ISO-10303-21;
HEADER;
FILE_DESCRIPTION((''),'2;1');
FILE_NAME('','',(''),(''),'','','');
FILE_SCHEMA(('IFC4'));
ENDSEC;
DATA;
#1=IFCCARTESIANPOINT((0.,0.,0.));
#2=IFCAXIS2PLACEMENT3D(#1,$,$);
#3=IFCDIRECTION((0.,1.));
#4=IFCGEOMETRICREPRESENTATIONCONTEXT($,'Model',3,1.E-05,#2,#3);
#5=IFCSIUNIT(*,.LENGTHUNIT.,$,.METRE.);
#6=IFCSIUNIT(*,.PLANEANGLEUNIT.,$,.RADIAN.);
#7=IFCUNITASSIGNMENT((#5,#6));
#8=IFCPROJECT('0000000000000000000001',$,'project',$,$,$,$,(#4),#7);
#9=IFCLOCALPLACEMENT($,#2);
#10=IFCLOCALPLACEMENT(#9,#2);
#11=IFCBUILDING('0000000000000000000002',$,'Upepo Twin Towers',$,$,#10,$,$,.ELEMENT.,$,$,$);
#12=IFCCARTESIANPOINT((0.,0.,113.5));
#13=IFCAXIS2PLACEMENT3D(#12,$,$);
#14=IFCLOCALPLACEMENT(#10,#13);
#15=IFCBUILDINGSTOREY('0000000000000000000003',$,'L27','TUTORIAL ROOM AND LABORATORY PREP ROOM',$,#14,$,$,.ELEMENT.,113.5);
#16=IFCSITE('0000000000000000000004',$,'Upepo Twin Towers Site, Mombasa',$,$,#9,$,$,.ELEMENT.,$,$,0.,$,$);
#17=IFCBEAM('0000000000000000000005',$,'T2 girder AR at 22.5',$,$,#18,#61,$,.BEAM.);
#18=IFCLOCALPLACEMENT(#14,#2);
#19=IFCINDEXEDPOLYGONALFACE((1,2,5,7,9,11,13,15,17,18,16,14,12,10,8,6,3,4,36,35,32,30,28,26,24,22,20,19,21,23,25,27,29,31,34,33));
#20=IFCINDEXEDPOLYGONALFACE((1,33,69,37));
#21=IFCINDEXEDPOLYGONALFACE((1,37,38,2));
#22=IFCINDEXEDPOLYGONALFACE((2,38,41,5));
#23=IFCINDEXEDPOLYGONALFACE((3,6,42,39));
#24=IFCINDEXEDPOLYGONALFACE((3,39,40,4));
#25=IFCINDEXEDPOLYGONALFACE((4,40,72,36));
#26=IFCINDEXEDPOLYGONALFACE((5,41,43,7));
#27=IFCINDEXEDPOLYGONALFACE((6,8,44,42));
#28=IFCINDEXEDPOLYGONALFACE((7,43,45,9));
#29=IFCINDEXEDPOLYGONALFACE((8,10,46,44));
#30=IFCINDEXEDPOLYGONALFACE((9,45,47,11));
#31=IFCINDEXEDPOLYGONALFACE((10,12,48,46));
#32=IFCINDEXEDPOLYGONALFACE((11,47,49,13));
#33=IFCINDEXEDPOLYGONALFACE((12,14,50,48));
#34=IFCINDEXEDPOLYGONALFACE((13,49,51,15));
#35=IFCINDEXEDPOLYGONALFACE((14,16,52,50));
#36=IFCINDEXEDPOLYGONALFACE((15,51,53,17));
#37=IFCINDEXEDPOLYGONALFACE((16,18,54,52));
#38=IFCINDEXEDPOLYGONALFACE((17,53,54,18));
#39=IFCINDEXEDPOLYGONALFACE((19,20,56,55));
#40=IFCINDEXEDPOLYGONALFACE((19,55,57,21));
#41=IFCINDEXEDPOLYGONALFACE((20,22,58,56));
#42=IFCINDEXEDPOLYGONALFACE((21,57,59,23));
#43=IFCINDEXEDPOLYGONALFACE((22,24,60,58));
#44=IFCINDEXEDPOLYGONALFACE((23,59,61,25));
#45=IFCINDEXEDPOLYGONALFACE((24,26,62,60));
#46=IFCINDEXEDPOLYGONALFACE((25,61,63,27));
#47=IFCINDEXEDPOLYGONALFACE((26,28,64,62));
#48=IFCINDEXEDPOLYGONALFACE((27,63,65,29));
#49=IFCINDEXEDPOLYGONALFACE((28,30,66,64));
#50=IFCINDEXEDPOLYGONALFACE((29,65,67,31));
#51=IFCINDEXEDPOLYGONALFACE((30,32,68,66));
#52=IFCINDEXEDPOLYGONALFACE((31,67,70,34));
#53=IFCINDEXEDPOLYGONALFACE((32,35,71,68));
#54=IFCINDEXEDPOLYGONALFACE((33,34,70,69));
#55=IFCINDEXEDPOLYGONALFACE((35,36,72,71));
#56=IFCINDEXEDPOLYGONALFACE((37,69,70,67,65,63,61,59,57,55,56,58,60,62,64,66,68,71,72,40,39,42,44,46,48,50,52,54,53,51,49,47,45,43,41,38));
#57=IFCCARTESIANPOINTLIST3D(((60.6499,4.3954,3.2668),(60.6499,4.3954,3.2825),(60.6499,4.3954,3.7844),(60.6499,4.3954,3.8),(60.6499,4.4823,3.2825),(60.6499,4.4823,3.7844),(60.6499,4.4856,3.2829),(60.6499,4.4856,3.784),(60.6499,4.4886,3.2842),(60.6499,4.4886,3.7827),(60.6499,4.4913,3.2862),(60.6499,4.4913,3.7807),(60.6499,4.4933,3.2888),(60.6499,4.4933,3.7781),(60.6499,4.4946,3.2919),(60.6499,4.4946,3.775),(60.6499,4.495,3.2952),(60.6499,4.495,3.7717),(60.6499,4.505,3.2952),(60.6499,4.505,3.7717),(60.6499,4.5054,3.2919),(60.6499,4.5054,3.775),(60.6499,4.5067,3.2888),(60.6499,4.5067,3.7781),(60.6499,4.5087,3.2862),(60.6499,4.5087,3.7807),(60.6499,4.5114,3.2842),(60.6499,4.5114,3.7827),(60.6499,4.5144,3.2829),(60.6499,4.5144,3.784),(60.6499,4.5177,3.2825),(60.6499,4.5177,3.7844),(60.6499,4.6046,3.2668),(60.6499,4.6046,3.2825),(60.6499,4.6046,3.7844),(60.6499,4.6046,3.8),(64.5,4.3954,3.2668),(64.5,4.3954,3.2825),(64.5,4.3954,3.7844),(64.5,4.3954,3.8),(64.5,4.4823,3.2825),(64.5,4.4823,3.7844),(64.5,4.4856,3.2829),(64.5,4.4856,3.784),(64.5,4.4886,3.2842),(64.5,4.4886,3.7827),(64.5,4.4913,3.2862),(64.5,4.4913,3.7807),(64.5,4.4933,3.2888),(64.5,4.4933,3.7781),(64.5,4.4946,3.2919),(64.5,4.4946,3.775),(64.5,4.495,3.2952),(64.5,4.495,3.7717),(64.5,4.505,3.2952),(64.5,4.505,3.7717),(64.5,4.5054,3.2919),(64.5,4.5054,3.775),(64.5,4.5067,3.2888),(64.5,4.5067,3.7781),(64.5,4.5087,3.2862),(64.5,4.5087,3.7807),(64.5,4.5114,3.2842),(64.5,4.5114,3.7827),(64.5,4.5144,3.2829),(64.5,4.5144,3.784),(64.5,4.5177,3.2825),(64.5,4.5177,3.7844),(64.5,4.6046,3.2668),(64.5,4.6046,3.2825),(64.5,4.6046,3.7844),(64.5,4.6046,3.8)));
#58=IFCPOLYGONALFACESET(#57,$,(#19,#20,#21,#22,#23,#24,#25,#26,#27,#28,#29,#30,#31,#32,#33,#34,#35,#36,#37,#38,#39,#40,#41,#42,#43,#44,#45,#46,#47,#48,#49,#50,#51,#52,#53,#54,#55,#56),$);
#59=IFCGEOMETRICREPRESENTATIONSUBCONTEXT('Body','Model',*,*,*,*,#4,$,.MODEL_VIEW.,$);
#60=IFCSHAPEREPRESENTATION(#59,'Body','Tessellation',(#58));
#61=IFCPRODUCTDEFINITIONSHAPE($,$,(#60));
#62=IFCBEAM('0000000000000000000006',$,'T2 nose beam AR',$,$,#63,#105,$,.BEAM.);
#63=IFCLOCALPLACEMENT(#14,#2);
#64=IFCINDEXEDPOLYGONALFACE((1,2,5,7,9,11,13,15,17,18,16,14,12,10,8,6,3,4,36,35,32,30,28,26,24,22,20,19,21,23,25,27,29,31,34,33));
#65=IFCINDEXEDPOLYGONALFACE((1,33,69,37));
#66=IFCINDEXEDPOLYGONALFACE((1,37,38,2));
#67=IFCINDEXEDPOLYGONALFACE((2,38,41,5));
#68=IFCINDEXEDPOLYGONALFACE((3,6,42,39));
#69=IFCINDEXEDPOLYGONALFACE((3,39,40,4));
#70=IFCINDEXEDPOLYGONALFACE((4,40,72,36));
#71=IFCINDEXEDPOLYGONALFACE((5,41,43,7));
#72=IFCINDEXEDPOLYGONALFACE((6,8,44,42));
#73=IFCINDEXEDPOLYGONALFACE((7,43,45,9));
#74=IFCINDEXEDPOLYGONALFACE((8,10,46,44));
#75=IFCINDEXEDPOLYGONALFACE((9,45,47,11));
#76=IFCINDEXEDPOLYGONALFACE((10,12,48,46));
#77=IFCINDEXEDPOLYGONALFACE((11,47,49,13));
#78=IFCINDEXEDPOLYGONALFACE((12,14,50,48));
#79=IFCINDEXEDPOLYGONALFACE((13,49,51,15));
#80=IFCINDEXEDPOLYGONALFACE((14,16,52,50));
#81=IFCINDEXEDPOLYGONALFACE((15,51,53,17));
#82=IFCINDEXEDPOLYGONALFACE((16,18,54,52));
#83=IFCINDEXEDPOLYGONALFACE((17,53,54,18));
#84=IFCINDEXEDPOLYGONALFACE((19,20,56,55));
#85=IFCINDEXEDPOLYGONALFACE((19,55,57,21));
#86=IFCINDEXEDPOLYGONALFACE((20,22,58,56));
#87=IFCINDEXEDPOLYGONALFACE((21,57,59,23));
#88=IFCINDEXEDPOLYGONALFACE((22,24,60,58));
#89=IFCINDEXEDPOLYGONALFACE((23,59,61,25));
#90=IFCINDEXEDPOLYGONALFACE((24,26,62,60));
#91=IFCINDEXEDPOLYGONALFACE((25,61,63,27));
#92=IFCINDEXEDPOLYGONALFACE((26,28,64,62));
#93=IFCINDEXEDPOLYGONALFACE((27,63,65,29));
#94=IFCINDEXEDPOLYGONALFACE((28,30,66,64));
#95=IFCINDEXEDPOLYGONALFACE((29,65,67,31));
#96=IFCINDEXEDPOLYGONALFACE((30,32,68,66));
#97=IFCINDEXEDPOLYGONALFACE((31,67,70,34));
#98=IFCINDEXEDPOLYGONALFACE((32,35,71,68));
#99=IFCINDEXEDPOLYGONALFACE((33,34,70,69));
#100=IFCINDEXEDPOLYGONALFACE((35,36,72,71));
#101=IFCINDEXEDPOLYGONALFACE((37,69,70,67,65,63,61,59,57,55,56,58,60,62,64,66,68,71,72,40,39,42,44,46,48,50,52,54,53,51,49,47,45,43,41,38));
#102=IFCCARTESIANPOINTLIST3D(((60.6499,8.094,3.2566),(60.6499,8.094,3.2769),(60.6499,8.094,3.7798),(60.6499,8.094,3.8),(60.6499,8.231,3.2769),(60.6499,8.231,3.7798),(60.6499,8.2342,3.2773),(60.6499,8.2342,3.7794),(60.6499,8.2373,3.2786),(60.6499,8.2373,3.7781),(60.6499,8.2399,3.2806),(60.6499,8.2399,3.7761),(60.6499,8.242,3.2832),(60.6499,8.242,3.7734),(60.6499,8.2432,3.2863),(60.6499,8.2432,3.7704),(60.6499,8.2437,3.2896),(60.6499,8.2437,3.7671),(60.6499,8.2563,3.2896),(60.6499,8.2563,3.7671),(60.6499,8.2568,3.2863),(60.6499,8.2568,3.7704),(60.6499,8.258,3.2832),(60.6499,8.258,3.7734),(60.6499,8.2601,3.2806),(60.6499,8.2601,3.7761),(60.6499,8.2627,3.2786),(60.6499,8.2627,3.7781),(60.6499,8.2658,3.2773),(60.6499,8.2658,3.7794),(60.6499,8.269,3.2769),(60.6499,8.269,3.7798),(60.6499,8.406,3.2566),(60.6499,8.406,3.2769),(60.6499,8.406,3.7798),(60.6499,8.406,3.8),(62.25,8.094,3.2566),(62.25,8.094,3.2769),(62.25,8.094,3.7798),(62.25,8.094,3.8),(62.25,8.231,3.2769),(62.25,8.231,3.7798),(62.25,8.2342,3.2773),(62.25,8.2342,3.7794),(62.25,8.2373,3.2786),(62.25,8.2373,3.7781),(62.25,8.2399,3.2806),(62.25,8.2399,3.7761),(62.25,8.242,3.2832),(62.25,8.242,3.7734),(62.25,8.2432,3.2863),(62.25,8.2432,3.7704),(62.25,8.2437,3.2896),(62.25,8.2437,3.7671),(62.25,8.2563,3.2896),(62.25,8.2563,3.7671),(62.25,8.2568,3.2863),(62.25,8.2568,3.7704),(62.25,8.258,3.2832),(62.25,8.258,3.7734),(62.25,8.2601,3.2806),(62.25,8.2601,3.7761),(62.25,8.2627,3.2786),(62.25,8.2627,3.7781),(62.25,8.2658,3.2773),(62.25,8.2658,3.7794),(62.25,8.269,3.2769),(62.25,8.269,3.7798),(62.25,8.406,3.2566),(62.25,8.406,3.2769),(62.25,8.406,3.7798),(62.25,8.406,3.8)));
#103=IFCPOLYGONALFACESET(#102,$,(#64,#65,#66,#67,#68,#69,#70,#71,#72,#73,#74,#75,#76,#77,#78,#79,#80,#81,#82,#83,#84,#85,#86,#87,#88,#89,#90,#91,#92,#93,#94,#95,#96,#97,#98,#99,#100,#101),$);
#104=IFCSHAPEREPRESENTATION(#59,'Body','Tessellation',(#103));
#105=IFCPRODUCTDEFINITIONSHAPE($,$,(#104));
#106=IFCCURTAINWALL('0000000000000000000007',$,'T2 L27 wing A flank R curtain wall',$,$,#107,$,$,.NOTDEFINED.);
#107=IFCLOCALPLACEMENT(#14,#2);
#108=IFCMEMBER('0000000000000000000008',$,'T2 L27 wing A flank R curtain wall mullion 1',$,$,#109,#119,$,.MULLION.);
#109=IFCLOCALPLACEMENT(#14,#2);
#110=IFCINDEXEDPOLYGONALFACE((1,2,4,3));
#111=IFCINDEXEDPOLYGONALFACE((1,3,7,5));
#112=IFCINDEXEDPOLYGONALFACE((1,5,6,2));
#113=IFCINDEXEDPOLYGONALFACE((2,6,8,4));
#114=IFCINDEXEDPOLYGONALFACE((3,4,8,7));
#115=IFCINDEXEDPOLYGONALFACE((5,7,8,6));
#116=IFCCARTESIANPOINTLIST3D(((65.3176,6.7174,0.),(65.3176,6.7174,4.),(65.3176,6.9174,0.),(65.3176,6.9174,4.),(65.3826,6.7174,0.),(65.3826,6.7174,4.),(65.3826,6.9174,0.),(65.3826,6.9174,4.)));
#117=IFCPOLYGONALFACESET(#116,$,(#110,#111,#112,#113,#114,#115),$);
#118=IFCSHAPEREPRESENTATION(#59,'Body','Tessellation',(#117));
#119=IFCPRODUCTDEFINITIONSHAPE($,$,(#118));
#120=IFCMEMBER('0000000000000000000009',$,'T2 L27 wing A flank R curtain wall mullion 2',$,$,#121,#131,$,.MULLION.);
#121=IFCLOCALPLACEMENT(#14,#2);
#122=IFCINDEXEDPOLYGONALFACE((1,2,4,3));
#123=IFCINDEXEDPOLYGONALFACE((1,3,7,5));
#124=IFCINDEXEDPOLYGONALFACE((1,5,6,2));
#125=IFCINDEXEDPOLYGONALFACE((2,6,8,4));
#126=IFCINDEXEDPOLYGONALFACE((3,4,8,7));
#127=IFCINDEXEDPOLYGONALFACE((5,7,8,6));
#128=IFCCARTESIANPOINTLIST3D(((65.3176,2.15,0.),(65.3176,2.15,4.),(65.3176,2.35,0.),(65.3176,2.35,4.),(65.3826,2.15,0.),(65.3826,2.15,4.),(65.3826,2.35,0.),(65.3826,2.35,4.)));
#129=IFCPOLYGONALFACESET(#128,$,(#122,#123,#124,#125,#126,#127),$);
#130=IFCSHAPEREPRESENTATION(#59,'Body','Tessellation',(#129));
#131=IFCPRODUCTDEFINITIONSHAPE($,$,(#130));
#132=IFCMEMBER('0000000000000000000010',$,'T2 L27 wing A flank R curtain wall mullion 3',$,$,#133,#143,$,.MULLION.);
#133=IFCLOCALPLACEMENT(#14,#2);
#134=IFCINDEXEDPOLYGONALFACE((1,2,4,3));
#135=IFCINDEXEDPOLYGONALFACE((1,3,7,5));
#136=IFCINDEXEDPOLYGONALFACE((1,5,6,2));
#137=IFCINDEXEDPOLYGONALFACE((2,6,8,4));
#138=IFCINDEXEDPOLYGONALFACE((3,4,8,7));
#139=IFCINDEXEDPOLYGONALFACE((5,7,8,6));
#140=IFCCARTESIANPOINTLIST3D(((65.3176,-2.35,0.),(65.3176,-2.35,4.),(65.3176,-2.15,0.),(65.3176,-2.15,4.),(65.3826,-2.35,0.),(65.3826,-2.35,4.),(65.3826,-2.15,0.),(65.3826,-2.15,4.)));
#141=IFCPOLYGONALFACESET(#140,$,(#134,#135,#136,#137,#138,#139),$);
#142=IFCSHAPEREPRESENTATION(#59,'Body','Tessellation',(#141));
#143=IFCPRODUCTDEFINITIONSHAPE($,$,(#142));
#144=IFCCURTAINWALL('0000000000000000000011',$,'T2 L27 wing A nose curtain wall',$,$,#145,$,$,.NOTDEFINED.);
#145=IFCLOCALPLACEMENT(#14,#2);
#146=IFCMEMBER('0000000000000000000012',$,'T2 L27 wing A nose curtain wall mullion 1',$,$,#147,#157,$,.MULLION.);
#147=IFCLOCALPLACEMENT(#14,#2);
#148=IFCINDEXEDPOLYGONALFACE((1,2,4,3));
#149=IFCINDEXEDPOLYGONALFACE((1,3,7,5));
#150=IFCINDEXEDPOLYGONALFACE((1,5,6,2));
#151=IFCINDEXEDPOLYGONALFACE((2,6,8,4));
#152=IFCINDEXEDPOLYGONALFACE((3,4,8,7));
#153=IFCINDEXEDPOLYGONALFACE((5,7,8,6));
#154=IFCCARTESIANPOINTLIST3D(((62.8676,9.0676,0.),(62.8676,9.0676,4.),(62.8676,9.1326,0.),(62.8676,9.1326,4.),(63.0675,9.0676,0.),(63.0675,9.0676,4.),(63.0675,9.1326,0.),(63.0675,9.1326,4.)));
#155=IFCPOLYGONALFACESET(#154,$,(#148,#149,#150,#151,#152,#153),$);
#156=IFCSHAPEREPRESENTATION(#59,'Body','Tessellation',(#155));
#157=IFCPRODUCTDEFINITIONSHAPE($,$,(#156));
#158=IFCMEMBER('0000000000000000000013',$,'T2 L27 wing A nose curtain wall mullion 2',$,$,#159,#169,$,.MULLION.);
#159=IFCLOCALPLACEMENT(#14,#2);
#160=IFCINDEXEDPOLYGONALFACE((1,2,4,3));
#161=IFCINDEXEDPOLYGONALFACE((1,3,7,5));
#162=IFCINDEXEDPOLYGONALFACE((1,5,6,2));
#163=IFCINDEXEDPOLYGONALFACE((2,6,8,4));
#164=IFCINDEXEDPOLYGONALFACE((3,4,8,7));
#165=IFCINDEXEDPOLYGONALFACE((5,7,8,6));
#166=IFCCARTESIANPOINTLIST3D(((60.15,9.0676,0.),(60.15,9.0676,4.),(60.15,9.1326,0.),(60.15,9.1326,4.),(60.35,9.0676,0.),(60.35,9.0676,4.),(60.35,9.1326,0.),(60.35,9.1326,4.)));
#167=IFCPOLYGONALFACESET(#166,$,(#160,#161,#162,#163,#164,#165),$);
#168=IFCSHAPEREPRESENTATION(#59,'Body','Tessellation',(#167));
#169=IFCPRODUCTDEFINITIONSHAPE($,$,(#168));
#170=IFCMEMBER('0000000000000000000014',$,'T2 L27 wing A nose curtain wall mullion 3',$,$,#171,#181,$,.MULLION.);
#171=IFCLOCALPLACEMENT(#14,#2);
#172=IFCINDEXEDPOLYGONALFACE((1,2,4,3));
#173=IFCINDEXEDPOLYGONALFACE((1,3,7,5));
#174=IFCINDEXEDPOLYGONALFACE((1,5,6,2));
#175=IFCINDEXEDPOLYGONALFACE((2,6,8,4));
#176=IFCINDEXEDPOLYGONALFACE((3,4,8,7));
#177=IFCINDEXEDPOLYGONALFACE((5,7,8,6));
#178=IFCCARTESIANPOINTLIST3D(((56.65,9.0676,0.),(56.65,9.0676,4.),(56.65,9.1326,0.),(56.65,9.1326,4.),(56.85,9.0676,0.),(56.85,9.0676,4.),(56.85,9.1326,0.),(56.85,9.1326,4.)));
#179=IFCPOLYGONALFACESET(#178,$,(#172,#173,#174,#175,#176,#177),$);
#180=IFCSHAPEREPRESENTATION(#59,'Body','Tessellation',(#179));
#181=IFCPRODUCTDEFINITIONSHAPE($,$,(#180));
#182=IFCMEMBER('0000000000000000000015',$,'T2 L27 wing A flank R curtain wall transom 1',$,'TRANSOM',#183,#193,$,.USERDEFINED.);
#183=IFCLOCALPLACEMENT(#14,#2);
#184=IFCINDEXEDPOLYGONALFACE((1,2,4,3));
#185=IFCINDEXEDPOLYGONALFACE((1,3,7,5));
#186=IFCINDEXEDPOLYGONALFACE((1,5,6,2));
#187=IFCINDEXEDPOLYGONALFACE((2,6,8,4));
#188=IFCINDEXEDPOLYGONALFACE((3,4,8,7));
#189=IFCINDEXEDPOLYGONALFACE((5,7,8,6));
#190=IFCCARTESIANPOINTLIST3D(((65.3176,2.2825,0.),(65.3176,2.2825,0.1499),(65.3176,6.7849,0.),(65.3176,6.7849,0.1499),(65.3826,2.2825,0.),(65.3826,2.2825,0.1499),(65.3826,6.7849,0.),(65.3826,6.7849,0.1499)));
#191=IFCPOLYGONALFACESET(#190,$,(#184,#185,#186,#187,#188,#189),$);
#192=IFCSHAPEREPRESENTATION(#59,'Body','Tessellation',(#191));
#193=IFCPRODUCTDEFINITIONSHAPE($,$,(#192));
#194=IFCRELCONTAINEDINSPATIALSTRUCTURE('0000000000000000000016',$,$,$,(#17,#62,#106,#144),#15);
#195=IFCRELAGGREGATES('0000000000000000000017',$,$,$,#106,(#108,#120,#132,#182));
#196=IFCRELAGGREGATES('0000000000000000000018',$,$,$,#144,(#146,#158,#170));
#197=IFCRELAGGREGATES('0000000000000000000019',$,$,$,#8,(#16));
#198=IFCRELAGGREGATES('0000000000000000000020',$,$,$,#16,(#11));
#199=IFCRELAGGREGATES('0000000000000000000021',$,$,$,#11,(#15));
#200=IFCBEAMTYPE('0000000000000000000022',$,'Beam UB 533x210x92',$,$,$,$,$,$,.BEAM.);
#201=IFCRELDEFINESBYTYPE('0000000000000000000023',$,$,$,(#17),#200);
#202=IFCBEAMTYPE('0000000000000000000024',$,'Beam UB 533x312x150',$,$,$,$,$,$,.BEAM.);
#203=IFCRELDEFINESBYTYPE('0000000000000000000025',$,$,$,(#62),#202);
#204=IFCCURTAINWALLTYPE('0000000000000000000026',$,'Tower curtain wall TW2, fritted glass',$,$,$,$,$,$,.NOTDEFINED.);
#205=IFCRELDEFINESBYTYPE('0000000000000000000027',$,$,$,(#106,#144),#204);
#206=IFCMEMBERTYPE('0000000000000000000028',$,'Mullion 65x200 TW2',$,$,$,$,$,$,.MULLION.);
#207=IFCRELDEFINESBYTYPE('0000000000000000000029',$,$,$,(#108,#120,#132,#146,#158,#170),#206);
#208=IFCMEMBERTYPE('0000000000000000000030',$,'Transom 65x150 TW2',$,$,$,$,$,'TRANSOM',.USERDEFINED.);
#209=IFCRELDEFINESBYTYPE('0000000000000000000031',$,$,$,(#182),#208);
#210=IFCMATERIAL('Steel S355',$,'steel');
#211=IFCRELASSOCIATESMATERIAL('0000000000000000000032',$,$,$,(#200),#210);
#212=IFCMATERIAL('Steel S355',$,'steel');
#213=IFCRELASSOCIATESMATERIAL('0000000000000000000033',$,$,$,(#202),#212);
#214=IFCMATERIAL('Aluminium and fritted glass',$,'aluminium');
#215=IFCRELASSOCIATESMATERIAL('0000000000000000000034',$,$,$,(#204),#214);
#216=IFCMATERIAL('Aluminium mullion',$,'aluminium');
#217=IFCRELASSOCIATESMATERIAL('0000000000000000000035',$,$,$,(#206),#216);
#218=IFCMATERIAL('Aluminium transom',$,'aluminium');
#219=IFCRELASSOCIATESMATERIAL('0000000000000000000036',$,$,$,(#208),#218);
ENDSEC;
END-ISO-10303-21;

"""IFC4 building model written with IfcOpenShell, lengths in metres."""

from ifc_helpers import new_model, si_unit, direction, frame, origin, origin_2d, place, context, subcontext, project, spatial, rectangle, i_section, extrude, material, material_profile, profile_set, type_object, element, aggregate, save


model = new_model("IFC4")

# Units and contexts
model_context = context("Model", 3, precision=1e-05, world=origin(), true_north=direction((0.0, 1.0)))
body_context = subcontext(model_context, "Body", "Model", "MODEL_VIEW")
ifc_project = project(units=[si_unit("LENGTHUNIT", "METRE"), si_unit("PLANEANGLEUNIT", "RADIAN")], contexts=[model_context])

# Site, building, storey
site_placement = place(None, origin())
site = spatial("IfcSite", under=ifc_project, at=site_placement, Name="Upepo Twin Towers Site, Mombasa", CompositionType="ELEMENT", RefElevation=0.0)
building_placement = place(site_placement, origin())
building = spatial("IfcBuilding", under=site, at=building_placement, Name="Upepo Twin Towers", CompositionType="ELEMENT")
storey_placement = place(building_placement, frame((0.0, 0.0, 113.5)))
storey = spatial("IfcBuildingStorey", under=building, at=storey_placement, Name="L27", Description="TUTORIAL ROOM AND LABORATORY PREP ROOM", CompositionType="ELEMENT", Elevation=113.5)

# Beams
ifc_material_1 = material(Name="Steel S355", Category="steel")
ifc_material_profile_1 = material_profile(ifc_material_1, i_section(OverallWidth=0.2092, OverallDepth=0.5332, WebThickness=0.01, FlangeThickness=0.0156, FilletRadius=0.0127, at=origin_2d()), Name="UB 533x210x92")
ifc_profile_set_1 = profile_set([ifc_material_profile_1], Name="Steel S355")
beam_type_1 = type_object("IfcBeamType", Name="Beam UB 533x210x92", PredefinedType="BEAM", material=ifc_profile_set_1)
for number, where, z_axis, x_axis, name in (
    (1, (64.5, 4.5, 3.5334), (-1.0, 0.0, 0.0), (0.0, -1.0, 0.0), "T2 girder AR at 22.5"),
):
    element("IfcBeam", number, at=place(storey_placement, frame(where, z_axis=z_axis, x_axis=x_axis)), inside=storey, type_object=beam_type_1, Name=name, PredefinedType="BEAM", context=body_context, shape_type="SweptSolid", body=[
        extrude(i_section(OverallWidth=0.2092, OverallDepth=0.5332, WebThickness=0.01, FlangeThickness=0.0156, FilletRadius=0.0127, at=origin_2d()), origin(), (0.0, 0.0, 1.0), 3.8501),
    ])
ifc_material_2 = material(Name="Steel S355", Category="steel")
ifc_material_profile_2 = material_profile(ifc_material_2, i_section(OverallWidth=0.312, OverallDepth=0.5435, WebThickness=0.0127, FlangeThickness=0.0203, FilletRadius=0.0127, at=origin_2d()), Name="UB 533x312x150")
ifc_profile_set_2 = profile_set([ifc_material_profile_2], Name="Steel S355")
beam_type_2 = type_object("IfcBeamType", Name="Beam UB 533x312x150", PredefinedType="BEAM", material=ifc_profile_set_2)
beam_1_placement = place(storey_placement, frame((62.25, 8.25, 3.5283), z_axis=(-1.0, 0.0, 0.0), x_axis=(0.0, -1.0, 0.0)))
element("IfcBeam", 2, at=beam_1_placement, inside=storey, type_object=beam_type_2, Name="T2 nose beam AR", PredefinedType="BEAM", context=body_context, shape_type="SweptSolid", body=[
    extrude(i_section(OverallWidth=0.312, OverallDepth=0.5435, WebThickness=0.0127, FlangeThickness=0.0203, FilletRadius=0.0127, at=origin_2d()), origin(), (0.0, 0.0, 1.0), 1.6001),
])

# Curtain walls, members
ifc_material_3 = material(Name="Aluminium and fritted glass", Category="aluminium")
curtain_wall_type = type_object("IfcCurtainWallType", Name="Tower curtain wall TW2, fritted glass", PredefinedType="NOTDEFINED", material=ifc_material_3)
curtain_wall_1_placement = place(storey_placement, origin())
curtain_wall_1 = element("IfcCurtainWall", 3, at=curtain_wall_1_placement, inside=storey, type_object=curtain_wall_type, Name="T2 L27 wing A flank R curtain wall", PredefinedType="NOTDEFINED")
ifc_material_4 = material(Name="Aluminium mullion", Category="aluminium")
ifc_material_profile_3 = material_profile(ifc_material_4, rectangle(XDim=0.0649, YDim=0.2, at=origin_2d()), Name="MULLION 65x200")
ifc_profile_set_3 = profile_set([ifc_material_profile_3], Name="Aluminium mullion")
member_type_1 = type_object("IfcMemberType", Name="Mullion 65x200 TW2", PredefinedType="MULLION", material=ifc_profile_set_3)
member_1_placement = place(storey_placement, frame((65.3501, 6.8174, 0.0), z_axis=(0.0, 0.0, 1.0), x_axis=(1.0, 0.0, 0.0)))
member_1 = element("IfcMember", 4, at=member_1_placement, type_object=member_type_1, Name="T2 L27 wing A flank R curtain wall mullion 1", PredefinedType="MULLION", context=body_context, shape_type="SweptSolid", body=[
    extrude(rectangle(XDim=0.0649, YDim=0.2, at=origin_2d()), origin(), (0.0, 0.0, 1.0), 4.0),
])
member_2_placement = place(storey_placement, frame((65.3501, 2.25, 0.0), z_axis=(0.0, 0.0, 1.0), x_axis=(1.0, 0.0, 0.0)))
member_2 = element("IfcMember", 5, at=member_2_placement, type_object=member_type_1, Name="T2 L27 wing A flank R curtain wall mullion 2", PredefinedType="MULLION", context=body_context, shape_type="SweptSolid", body=[
    extrude(rectangle(XDim=0.0649, YDim=0.2, at=origin_2d()), origin(), (0.0, 0.0, 1.0), 4.0),
])
member_3_placement = place(storey_placement, frame((65.3501, -2.25, 0.0), z_axis=(0.0, 0.0, 1.0), x_axis=(1.0, 0.0, 0.0)))
member_3 = element("IfcMember", 6, at=member_3_placement, type_object=member_type_1, Name="T2 L27 wing A flank R curtain wall mullion 3", PredefinedType="MULLION", context=body_context, shape_type="SweptSolid", body=[
    extrude(rectangle(XDim=0.0649, YDim=0.2, at=origin_2d()), origin(), (0.0, 0.0, 1.0), 4.0),
])
curtain_wall_2_placement = place(storey_placement, origin())
curtain_wall_2 = element("IfcCurtainWall", 7, at=curtain_wall_2_placement, inside=storey, type_object=curtain_wall_type, Name="T2 L27 wing A nose curtain wall", PredefinedType="NOTDEFINED")
member_4_placement = place(storey_placement, frame((62.9675, 9.1001, 0.0), z_axis=(0.0, 0.0, 1.0), x_axis=(0.0, -1.0, 0.0)))
member_4 = element("IfcMember", 8, at=member_4_placement, type_object=member_type_1, Name="T2 L27 wing A nose curtain wall mullion 1", PredefinedType="MULLION", context=body_context, shape_type="SweptSolid", body=[
    extrude(rectangle(XDim=0.0649, YDim=0.2, at=origin_2d()), origin(), (0.0, 0.0, 1.0), 4.0),
])
member_5_placement = place(storey_placement, frame((60.25, 9.1001, 0.0), z_axis=(0.0, 0.0, 1.0), x_axis=(0.0, -1.0, 0.0)))
member_5 = element("IfcMember", 9, at=member_5_placement, type_object=member_type_1, Name="T2 L27 wing A nose curtain wall mullion 2", PredefinedType="MULLION", context=body_context, shape_type="SweptSolid", body=[
    extrude(rectangle(XDim=0.0649, YDim=0.2, at=origin_2d()), origin(), (0.0, 0.0, 1.0), 4.0),
])
member_6_placement = place(storey_placement, frame((56.75, 9.1001, 0.0), z_axis=(0.0, 0.0, 1.0), x_axis=(0.0, -1.0, 0.0)))
member_6 = element("IfcMember", 10, at=member_6_placement, type_object=member_type_1, Name="T2 L27 wing A nose curtain wall mullion 3", PredefinedType="MULLION", context=body_context, shape_type="SweptSolid", body=[
    extrude(rectangle(XDim=0.0649, YDim=0.2, at=origin_2d()), origin(), (0.0, 0.0, 1.0), 4.0),
])

# Member
ifc_material_5 = material(Name="Aluminium transom", Category="aluminium")
ifc_material_profile_4 = material_profile(ifc_material_5, rectangle(XDim=0.0649, YDim=0.1499, at=origin_2d()), Name="TRANSOM 65x150")
ifc_profile_set_4 = profile_set([ifc_material_profile_4], Name="Aluminium transom")
member_type_2 = type_object("IfcMemberType", Name="Transom 65x150 TW2", ElementType="TRANSOM", PredefinedType="USERDEFINED", material=ifc_profile_set_4)
member_7_placement = place(storey_placement, frame((65.3501, 6.7849, 0.075), z_axis=(0.0, -1.0, 0.0), x_axis=(1.0, 0.0, 0.0)))
member_7 = element("IfcMember", 11, at=member_7_placement, type_object=member_type_2, Name="T2 L27 wing A flank R curtain wall transom 1", ObjectType="TRANSOM", PredefinedType="USERDEFINED", context=body_context, shape_type="SweptSolid", body=[
    extrude(rectangle(XDim=0.0649, YDim=0.1499, at=origin_2d()), origin(), (0.0, 0.0, 1.0), 4.5024),
])

aggregate(curtain_wall_1, [member_1, member_2, member_3, member_7])
aggregate(curtain_wall_2, [member_4, member_5, member_6])

save(model, "model.ifc")
